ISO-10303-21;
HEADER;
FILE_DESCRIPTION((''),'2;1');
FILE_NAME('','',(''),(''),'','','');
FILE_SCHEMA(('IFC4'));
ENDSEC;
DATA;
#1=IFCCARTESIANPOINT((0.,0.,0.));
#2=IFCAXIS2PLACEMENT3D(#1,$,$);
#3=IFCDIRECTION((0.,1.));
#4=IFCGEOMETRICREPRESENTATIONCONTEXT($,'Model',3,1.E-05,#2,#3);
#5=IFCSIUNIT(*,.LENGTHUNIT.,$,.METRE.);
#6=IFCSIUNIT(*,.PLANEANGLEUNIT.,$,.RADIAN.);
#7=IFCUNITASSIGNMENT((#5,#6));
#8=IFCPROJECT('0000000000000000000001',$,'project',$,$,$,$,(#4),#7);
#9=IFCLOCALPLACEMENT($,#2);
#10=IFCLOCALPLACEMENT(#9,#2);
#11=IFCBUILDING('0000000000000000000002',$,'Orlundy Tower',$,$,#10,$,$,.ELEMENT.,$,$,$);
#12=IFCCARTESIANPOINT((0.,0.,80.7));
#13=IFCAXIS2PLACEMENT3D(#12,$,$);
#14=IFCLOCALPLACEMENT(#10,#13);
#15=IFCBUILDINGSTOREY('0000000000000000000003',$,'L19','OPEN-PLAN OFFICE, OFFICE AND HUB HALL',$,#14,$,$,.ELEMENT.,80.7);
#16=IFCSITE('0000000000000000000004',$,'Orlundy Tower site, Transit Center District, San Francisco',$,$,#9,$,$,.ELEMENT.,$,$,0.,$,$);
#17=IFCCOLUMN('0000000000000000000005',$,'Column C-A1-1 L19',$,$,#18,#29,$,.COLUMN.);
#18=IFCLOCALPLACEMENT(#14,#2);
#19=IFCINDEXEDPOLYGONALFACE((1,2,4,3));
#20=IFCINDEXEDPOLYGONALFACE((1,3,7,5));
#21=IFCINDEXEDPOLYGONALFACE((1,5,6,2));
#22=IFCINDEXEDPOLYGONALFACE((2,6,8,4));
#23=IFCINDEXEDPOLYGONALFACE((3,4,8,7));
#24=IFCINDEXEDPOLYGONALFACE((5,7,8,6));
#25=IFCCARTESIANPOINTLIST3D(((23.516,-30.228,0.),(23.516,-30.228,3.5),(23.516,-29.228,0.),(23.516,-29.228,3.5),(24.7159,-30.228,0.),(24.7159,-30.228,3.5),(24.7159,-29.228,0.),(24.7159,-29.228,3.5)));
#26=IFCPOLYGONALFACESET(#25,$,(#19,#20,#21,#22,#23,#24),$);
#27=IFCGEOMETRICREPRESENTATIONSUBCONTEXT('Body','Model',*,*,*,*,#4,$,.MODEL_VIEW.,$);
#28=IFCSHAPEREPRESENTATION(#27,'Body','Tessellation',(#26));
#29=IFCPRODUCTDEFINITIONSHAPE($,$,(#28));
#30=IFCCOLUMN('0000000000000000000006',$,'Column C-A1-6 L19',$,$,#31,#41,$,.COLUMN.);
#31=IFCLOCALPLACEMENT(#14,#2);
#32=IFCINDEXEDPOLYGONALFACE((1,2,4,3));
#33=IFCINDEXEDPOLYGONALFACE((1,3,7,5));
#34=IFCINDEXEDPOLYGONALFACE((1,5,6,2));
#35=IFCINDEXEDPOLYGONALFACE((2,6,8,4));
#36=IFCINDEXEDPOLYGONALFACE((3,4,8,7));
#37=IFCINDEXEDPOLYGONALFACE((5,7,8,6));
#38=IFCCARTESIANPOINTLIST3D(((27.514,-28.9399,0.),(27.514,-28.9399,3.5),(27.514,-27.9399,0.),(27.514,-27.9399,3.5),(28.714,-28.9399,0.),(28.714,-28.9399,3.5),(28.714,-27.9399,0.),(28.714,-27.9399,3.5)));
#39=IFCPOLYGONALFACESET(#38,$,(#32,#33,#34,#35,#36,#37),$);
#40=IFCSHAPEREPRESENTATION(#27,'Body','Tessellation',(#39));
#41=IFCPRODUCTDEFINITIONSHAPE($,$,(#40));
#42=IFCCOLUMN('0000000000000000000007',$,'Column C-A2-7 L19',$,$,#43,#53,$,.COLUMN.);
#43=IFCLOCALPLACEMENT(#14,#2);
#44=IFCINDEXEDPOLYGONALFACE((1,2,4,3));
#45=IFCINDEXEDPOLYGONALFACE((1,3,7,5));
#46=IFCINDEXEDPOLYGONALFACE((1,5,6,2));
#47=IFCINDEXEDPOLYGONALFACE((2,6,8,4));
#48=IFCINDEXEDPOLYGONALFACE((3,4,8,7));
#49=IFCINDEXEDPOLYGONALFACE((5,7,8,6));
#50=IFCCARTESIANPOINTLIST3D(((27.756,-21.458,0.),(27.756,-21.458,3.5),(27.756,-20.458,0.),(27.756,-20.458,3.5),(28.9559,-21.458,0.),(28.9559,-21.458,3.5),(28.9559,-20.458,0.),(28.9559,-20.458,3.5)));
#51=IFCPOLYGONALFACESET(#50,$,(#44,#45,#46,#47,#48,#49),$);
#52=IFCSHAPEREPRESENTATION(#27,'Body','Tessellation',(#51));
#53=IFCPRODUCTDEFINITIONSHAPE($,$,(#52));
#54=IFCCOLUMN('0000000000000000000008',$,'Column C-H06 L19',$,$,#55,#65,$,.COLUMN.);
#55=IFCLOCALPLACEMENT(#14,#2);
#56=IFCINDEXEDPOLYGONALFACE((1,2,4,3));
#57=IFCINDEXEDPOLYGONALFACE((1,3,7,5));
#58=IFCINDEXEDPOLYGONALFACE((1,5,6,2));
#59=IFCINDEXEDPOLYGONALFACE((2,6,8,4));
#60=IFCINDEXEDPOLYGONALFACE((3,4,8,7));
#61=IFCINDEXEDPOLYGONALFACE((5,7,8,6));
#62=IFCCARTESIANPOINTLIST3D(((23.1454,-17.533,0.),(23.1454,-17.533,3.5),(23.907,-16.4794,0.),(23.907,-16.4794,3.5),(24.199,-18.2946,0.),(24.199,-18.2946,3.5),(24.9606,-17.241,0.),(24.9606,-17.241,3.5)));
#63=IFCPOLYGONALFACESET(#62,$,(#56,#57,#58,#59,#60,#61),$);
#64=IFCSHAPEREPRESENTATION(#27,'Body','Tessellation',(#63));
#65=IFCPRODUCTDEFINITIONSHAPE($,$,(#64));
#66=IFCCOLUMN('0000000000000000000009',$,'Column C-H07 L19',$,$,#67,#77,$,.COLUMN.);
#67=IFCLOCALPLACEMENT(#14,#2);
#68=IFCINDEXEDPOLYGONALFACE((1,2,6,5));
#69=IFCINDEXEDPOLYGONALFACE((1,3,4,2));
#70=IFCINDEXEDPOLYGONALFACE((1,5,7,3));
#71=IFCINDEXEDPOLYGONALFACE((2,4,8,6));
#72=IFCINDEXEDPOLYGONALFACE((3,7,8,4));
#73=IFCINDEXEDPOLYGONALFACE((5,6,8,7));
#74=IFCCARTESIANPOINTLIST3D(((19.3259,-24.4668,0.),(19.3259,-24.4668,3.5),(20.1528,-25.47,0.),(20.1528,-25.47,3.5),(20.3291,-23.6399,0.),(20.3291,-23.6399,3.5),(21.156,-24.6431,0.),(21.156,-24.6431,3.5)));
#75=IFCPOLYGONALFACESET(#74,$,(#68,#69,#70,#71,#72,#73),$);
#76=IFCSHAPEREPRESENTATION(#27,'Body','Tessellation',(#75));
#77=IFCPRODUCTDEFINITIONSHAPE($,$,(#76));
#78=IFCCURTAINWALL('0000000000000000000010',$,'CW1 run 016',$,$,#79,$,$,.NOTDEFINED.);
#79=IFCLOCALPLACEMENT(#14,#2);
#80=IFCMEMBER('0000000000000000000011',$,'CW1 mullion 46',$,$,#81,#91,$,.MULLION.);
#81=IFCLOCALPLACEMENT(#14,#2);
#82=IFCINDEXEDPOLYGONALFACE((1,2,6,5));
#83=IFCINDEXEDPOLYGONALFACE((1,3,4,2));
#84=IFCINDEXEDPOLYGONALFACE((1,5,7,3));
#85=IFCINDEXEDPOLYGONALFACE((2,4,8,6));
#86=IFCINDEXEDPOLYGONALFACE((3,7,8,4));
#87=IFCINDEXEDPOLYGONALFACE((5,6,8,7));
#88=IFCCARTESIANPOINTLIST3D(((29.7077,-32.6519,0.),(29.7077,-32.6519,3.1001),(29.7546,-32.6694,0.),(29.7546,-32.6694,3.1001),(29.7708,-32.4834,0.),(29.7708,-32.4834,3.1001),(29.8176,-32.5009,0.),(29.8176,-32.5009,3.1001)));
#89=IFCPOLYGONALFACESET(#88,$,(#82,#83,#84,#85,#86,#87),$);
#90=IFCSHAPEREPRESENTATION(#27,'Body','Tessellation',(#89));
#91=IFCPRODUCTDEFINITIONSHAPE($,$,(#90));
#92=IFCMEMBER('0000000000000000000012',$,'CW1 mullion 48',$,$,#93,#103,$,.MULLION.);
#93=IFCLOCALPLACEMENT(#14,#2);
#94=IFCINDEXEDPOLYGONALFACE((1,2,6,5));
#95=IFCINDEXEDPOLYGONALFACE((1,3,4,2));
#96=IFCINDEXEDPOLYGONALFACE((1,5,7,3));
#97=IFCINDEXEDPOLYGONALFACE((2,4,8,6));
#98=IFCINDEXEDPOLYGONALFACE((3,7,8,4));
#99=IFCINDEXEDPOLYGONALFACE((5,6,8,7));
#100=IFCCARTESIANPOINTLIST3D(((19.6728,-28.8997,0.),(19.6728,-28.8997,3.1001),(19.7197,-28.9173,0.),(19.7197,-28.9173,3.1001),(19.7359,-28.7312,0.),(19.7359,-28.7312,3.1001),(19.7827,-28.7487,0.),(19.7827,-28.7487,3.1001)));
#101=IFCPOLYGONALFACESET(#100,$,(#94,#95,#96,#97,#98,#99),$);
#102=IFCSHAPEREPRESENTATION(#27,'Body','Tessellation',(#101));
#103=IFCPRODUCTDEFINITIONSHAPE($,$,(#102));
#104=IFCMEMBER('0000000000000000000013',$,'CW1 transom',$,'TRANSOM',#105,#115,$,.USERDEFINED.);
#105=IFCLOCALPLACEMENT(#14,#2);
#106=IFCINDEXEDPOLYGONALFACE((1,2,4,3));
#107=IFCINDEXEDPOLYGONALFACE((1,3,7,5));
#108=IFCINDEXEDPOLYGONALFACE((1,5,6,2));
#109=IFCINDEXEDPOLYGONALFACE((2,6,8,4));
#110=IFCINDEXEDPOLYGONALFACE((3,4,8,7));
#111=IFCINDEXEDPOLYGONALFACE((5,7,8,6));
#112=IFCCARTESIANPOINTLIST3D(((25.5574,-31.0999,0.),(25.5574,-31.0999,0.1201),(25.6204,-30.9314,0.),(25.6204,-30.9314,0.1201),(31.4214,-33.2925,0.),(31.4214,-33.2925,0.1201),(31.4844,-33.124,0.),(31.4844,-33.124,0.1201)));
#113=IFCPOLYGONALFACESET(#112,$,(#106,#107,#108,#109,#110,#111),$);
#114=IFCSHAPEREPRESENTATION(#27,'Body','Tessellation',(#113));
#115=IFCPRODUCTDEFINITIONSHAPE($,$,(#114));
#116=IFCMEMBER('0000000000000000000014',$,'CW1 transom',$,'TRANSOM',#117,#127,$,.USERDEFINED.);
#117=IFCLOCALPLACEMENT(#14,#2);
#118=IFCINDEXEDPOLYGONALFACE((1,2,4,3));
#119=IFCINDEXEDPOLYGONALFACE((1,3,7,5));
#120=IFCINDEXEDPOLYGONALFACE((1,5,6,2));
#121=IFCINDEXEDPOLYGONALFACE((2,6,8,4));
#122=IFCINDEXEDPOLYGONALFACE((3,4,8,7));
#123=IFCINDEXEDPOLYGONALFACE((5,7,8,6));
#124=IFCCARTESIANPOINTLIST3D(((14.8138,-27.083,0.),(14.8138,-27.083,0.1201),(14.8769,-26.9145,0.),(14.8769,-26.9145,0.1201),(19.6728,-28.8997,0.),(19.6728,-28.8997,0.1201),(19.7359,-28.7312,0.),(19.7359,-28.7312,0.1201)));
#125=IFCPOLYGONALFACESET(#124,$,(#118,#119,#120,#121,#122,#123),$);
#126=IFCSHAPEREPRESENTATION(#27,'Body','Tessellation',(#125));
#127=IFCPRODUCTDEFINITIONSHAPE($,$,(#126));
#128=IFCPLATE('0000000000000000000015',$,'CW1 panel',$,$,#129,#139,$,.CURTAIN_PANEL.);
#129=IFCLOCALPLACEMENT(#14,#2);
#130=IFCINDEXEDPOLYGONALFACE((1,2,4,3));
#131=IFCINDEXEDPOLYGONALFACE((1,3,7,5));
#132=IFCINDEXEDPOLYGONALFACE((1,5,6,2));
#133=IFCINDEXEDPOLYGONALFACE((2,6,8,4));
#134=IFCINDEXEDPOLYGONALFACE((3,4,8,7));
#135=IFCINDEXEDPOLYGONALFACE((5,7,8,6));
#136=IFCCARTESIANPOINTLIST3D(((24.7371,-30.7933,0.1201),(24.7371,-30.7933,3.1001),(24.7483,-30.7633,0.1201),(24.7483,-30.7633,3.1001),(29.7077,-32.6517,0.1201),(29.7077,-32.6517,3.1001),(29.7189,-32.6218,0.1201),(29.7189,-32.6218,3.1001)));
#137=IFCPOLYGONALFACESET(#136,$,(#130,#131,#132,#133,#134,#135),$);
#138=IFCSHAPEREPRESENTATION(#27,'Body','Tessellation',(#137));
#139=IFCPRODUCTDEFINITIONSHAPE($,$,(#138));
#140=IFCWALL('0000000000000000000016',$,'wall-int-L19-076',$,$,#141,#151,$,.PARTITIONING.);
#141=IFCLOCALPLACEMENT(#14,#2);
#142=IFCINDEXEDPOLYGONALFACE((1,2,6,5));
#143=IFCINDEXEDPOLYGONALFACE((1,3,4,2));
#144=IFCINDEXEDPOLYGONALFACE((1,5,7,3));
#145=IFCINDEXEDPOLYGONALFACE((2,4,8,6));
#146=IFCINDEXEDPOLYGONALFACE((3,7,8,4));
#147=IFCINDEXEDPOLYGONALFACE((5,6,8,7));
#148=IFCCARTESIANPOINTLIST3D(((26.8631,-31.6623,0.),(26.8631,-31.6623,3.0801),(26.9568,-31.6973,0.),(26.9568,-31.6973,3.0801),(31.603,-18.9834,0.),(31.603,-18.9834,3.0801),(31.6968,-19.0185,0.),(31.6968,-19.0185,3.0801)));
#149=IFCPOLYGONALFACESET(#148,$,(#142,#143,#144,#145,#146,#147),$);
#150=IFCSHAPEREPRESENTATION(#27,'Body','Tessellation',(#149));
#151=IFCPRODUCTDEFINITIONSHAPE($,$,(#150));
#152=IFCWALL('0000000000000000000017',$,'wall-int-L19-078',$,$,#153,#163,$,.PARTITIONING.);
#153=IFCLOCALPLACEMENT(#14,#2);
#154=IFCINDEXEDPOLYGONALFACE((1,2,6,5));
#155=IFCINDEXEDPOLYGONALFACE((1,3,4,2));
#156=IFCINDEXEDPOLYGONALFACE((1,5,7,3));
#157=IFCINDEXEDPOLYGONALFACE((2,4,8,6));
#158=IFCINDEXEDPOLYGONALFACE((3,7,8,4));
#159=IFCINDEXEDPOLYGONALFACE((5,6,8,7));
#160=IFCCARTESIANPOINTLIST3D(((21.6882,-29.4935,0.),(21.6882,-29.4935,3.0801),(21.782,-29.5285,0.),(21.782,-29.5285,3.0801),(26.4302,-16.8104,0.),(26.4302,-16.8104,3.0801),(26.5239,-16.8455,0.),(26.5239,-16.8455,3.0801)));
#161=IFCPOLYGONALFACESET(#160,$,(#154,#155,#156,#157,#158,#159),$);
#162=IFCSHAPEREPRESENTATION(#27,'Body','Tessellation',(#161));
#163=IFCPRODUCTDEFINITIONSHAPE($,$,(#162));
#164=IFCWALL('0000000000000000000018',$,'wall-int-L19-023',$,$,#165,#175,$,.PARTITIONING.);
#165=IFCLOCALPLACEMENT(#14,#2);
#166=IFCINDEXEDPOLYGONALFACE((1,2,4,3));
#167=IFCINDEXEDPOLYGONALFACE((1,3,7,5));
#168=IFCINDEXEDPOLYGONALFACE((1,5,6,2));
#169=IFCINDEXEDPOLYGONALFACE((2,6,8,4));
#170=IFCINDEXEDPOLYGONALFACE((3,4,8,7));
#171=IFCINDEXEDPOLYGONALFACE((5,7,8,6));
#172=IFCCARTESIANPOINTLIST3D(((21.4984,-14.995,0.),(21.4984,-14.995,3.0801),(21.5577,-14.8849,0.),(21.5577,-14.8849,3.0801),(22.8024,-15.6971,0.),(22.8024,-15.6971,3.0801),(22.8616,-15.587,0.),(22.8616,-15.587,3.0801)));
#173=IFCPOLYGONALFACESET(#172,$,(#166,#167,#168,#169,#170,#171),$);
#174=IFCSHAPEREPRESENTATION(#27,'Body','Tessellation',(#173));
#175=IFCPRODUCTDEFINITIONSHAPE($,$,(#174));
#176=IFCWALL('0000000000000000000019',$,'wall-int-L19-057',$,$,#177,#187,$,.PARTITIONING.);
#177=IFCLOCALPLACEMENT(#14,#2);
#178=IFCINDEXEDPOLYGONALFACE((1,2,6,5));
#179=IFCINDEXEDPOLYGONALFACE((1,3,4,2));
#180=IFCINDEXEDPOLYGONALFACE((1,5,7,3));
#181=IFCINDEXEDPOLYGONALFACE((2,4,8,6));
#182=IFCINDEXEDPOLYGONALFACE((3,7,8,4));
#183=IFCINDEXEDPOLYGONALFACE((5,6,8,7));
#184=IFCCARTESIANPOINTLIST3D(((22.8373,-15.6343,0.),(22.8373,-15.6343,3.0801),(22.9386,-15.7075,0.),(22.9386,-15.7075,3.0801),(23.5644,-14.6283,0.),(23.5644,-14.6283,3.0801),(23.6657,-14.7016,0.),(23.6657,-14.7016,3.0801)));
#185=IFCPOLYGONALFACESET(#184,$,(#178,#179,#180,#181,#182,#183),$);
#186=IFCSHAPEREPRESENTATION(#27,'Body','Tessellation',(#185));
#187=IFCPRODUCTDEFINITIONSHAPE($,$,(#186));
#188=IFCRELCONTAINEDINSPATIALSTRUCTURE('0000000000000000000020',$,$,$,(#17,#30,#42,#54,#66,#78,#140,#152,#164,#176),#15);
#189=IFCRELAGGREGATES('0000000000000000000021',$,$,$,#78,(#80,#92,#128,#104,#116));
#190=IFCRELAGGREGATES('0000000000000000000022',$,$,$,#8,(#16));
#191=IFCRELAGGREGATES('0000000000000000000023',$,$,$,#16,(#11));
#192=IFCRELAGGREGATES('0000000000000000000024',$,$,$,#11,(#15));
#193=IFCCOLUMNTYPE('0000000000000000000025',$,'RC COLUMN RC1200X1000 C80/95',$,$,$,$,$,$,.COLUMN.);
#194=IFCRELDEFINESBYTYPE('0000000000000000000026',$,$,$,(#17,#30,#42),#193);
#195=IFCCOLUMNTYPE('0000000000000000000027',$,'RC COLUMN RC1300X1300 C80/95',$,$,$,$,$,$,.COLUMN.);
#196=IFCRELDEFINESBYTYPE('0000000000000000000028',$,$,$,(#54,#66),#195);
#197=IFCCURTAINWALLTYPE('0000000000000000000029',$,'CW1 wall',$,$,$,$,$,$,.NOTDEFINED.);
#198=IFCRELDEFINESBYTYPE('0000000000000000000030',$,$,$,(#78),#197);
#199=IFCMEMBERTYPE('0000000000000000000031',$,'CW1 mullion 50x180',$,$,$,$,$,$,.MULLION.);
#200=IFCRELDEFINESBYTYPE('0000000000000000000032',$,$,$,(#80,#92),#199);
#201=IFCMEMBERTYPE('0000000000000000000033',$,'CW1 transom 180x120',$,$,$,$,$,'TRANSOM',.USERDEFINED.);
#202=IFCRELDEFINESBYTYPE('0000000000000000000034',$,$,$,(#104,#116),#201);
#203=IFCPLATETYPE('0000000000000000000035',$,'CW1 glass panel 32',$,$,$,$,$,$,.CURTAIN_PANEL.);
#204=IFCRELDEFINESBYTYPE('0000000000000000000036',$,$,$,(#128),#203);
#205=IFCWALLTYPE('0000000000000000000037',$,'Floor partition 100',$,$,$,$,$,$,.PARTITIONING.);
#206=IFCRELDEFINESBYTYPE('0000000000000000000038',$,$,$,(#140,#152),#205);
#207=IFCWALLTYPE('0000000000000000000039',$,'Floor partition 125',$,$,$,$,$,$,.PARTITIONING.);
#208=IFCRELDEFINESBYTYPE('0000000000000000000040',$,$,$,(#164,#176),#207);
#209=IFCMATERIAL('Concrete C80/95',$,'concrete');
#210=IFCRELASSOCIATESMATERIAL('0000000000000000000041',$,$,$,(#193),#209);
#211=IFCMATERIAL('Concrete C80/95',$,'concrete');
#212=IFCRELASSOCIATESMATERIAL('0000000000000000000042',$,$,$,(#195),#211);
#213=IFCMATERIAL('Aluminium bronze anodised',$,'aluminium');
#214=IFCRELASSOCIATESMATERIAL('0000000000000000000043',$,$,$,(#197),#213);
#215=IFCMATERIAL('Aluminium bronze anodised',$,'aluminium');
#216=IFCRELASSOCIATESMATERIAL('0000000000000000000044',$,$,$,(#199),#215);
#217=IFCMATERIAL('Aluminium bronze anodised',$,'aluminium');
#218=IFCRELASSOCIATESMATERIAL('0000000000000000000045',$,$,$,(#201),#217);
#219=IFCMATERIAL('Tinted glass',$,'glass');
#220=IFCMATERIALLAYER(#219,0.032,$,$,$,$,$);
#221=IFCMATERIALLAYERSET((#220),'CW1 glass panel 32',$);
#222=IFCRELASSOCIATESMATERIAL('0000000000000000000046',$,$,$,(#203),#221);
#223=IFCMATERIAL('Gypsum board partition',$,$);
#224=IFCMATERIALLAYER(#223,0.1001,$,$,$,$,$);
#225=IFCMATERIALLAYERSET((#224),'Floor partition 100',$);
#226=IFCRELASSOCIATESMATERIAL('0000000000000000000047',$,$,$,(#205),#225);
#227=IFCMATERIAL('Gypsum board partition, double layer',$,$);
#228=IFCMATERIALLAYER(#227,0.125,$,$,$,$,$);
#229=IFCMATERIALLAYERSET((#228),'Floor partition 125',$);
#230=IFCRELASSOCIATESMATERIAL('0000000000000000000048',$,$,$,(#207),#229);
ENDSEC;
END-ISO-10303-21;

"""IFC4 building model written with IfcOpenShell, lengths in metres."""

from ifc_helpers import new_model, si_unit, direction, frame, frame_2d, origin, origin_2d, place, context, subcontext, project, spatial, rectangle, extrude, material, layer, layer_set, material_profile, profile_set, type_object, element, aggregate, save


model = new_model("IFC4")

# Units and contexts
model_context = context("Model", 3, precision=1e-05, world=origin(), true_north=direction((0.0, 1.0)))
body_context = subcontext(model_context, "Body", "Model", "MODEL_VIEW")
ifc_project = project(units=[si_unit("LENGTHUNIT", "METRE"), si_unit("PLANEANGLEUNIT", "RADIAN")], contexts=[model_context])

# Site, building, storey
site_placement = place(None, origin())
site = spatial("IfcSite", under=ifc_project, at=site_placement, Name="Orlundy Tower site, Transit Center District, San Francisco", CompositionType="ELEMENT", RefElevation=0.0)
building_placement = place(site_placement, origin())
building = spatial("IfcBuilding", under=site, at=building_placement, Name="Orlundy Tower", CompositionType="ELEMENT")
storey_placement = place(building_placement, frame((0.0, 0.0, 80.7)))
storey = spatial("IfcBuildingStorey", under=building, at=storey_placement, Name="L19", Description="OPEN-PLAN OFFICE, OFFICE AND HUB HALL", CompositionType="ELEMENT", Elevation=80.7)

# Columns
ifc_material_1 = material(Name="Concrete C80/95", Category="concrete")
ifc_material_profile_1 = material_profile(ifc_material_1, rectangle(XDim=1.2, YDim=1.0, at=origin_2d()), Name="RC1200X1000")
ifc_profile_set_1 = profile_set([ifc_material_profile_1], Name="Concrete C80/95")
column_type_1 = type_object("IfcColumnType", Name="RC COLUMN RC1200X1000 C80/95", PredefinedType="COLUMN", material=ifc_profile_set_1)
for number, where, z_axis, x_axis, name in (
    (1, (24.116, -29.728, 0.0), (0.0, 0.0, 1.0), (1.0, 0.0, 0.0), "Column C-A1-1 L19"),
    (2, (28.114, -28.4399, 0.0), (0.0, 0.0, 1.0), (1.0, 0.0, 0.0), "Column C-A1-6 L19"),
    (3, (28.356, -20.958, 0.0), (0.0, 0.0, 1.0), (1.0, 0.0, 0.0), "Column C-A2-7 L19"),
):
    element("IfcColumn", number, at=place(storey_placement, frame(where, z_axis=z_axis, x_axis=x_axis)), inside=storey, type_object=column_type_1, Name=name, PredefinedType="COLUMN", context=body_context, shape_type="SweptSolid", body=[
        extrude(rectangle(XDim=1.2, YDim=1.0, at=origin_2d()), origin(), (0.0, 0.0, 1.0), 3.5),
    ])
ifc_material_2 = material(Name="Concrete C80/95", Category="concrete")
ifc_material_profile_2 = material_profile(ifc_material_2, rectangle(XDim=1.3, YDim=1.3, at=origin_2d()), Name="RC1300X1300")
ifc_profile_set_2 = profile_set([ifc_material_profile_2], Name="Concrete C80/95")
column_type_2 = type_object("IfcColumnType", Name="RC COLUMN RC1300X1300 C80/95", PredefinedType="COLUMN", material=ifc_profile_set_2)
for number, where, z_axis, x_axis, name in (
    (4, (24.053, -17.387, 0.0), (0.0, 0.0, 1.0), (0.81043, -0.585835, 0.0), "Column C-H06 L19"),
    (5, (20.241, -24.5549, 0.0), (0.0, 0.0, 1.0), (0.636065, -0.771636, 0.0), "Column C-H07 L19"),
):
    element("IfcColumn", number, at=place(storey_placement, frame(where, z_axis=z_axis, x_axis=x_axis)), inside=storey, type_object=column_type_2, Name=name, PredefinedType="COLUMN", context=body_context, shape_type="SweptSolid", body=[
        extrude(rectangle(XDim=1.3, YDim=1.3, at=origin_2d()), origin(), (0.0, 0.0, 1.0), 3.5),
    ])

# Curtain wall, members, plate
ifc_material_3 = material(Name="Aluminium bronze anodised", Category="aluminium")
curtain_wall_type = type_object("IfcCurtainWallType", Name="CW1 wall", PredefinedType="NOTDEFINED", material=ifc_material_3)
curtain_wall_placement = place(storey_placement, origin())
curtain_wall = element("IfcCurtainWall", 6, at=curtain_wall_placement, inside=storey, type_object=curtain_wall_type, Name="CW1 run 016", PredefinedType="NOTDEFINED")
ifc_material_4 = material(Name="Aluminium bronze anodised", Category="aluminium")
ifc_material_profile_3 = material_profile(ifc_material_4, rectangle(XDim=0.1799, YDim=0.05, at=origin_2d()), Name="CW1 mullion 50x180")
ifc_profile_set_3 = profile_set([ifc_material_profile_3], Name="Aluminium bronze anodised")
member_type_1 = type_object("IfcMemberType", Name="CW1 mullion 50x180", PredefinedType="MULLION", material=ifc_profile_set_3)
member_1_placement = place(storey_placement, frame((29.7627, -32.5764, 0.0), z_axis=(0.0, 0.0, 1.0), x_axis=(-0.350219, -0.936668, 0.0)))
member_1 = element("IfcMember", 7, at=member_1_placement, type_object=member_type_1, Name="CW1 mullion 46", PredefinedType="MULLION", context=body_context, shape_type="SweptSolid", body=[
    extrude(rectangle(XDim=0.1799, YDim=0.05, at=origin_2d()), origin(), (0.0, 0.0, 1.0), 3.1001),
])
member_2_placement = place(storey_placement, frame((19.7278, -28.8242, 0.0), z_axis=(0.0, 0.0, 1.0), x_axis=(-0.350219, -0.936668, 0.0)))
member_2 = element("IfcMember", 8, at=member_2_placement, type_object=member_type_1, Name="CW1 mullion 48", PredefinedType="MULLION", context=body_context, shape_type="SweptSolid", body=[
    extrude(rectangle(XDim=0.1799, YDim=0.05, at=origin_2d()), origin(), (0.0, 0.0, 1.0), 3.1001),
])
ifc_material_5 = material(Name="Aluminium bronze anodised", Category="aluminium")
ifc_material_profile_4 = material_profile(ifc_material_5, rectangle(XDim=0.1799, YDim=0.1201, at=origin_2d()), Name="CW1 transom 180x120")
ifc_profile_set_4 = profile_set([ifc_material_profile_4], Name="Aluminium bronze anodised")
member_type_2 = type_object("IfcMemberType", Name="CW1 transom 180x120", ElementType="TRANSOM", PredefinedType="USERDEFINED", material=ifc_profile_set_4)
member_3_placement = place(storey_placement, frame((31.4529, -33.2083, 0.0601), z_axis=(-0.936664, 0.35023, 0.0), x_axis=(-0.35023, -0.936664, 0.0)))
member_3 = element("IfcMember", 9, at=member_3_placement, type_object=member_type_2, Name="CW1 transom", ObjectType="TRANSOM", PredefinedType="USERDEFINED", context=body_context, shape_type="SweptSolid", body=[
    extrude(rectangle(XDim=0.1799, YDim=0.1201, at=origin_2d()), origin(), (0.0, 0.0, 1.0), 6.2605),
])
member_4_placement = place(storey_placement, frame((19.7043, -28.8154, 0.0601), z_axis=(-0.936673, 0.350205, 0.0), x_axis=(-0.350205, -0.936673, 0.0)))
member_4 = element("IfcMember", 10, at=member_4_placement, type_object=member_type_2, Name="CW1 transom", ObjectType="TRANSOM", PredefinedType="USERDEFINED", context=body_context, shape_type="SweptSolid", body=[
    extrude(rectangle(XDim=0.1799, YDim=0.1201, at=origin_2d()), origin(), (0.0, 0.0, 1.0), 5.1875),
])
ifc_material_6 = material(Name="Tinted glass", Category="glass")
ifc_layer_1 = layer(ifc_material_6, 0.032)
ifc_layer_set_1 = layer_set([ifc_layer_1], Name="CW1 glass panel 32")
plate_type = type_object("IfcPlateType", Name="CW1 glass panel 32", PredefinedType="CURTAIN_PANEL", material=ifc_layer_set_1)
plate_placement = place(storey_placement, frame((27.228, -31.7075, 0.1201), z_axis=(0.0, 0.0, 1.0), x_axis=(-0.936668, 0.350219, 0.0)))
plate = element("IfcPlate", 11, at=plate_placement, type_object=plate_type, Name="CW1 panel", PredefinedType="CURTAIN_PANEL", context=body_context, shape_type="SweptSolid", body=[
    extrude(rectangle(XDim=5.3066, YDim=0.032, at=origin_2d()), origin(), (0.0, 0.0, 1.0), 2.98),
])
aggregate(curtain_wall, [member_1, member_2, plate, member_3, member_4])

# Walls
ifc_material_7 = material(Name="Gypsum board partition")
ifc_layer_2 = layer(ifc_material_7, 0.1001)
ifc_layer_set_2 = layer_set([ifc_layer_2], Name="Floor partition 100")
wall_type_1 = type_object("IfcWallType", Name="Floor partition 100", PredefinedType="PARTITIONING", material=ifc_layer_set_2)
wall_1_placement = place(storey_placement, frame((26.9099, -31.6799, 0.0), z_axis=(0.0, 0.0, 1.0), x_axis=(0.350176, 0.936684, 0.0)))
element("IfcWall", 12, at=wall_1_placement, inside=storey, type_object=wall_type_1, Name="wall-int-L19-076", PredefinedType="PARTITIONING", context=body_context, shape_type="SweptSolid", body=[
    extrude(rectangle(XDim=13.5359, YDim=0.1001, at=frame_2d((6.7681, 0.0))), origin(), (0.0, 0.0, 1.0), 3.0801),
])
wall_2_placement = place(storey_placement, frame((21.7351, -29.511, 0.0), z_axis=(0.0, 0.0, 1.0), x_axis=(0.350202, 0.936674, 0.0)))
element("IfcWall", 13, at=wall_2_placement, inside=storey, type_object=wall_type_1, Name="wall-int-L19-078", PredefinedType="PARTITIONING", context=body_context, shape_type="SweptSolid", body=[
    extrude(rectangle(XDim=13.5405, YDim=0.1001, at=frame_2d((6.7703, 0.0))), origin(), (0.0, 0.0, 1.0), 3.0801),
])
ifc_material_8 = material(Name="Gypsum board partition, double layer")
ifc_layer_3 = layer(ifc_material_8, 0.125)
ifc_layer_set_3 = layer_set([ifc_layer_3], Name="Floor partition 125")
wall_type_2 = type_object("IfcWallType", Name="Floor partition 125", PredefinedType="PARTITIONING", material=ifc_layer_set_3)
wall_3_placement = place(storey_placement, frame((21.5281, -14.9399, 0.0), z_axis=(0.0, 0.0, 1.0), x_axis=(0.880466, -0.47411, 0.0)))
element("IfcWall", 14, at=wall_3_placement, inside=storey, type_object=wall_type_2, Name="wall-int-L19-023", PredefinedType="PARTITIONING", context=body_context, shape_type="SweptSolid", body=[
    extrude(rectangle(XDim=1.481, YDim=0.125, at=frame_2d((0.7405, 0.0))), origin(), (0.0, 0.0, 1.0), 3.0801),
])
wall_4_placement = place(storey_placement, frame((22.8879, -15.6709, 0.0), z_axis=(0.0, 0.0, 1.0), x_axis=(0.585807, 0.810451, 0.0)))
element("IfcWall", 15, at=wall_4_placement, inside=storey, type_object=wall_type_2, Name="wall-int-L19-057", PredefinedType="PARTITIONING", context=body_context, shape_type="SweptSolid", body=[
    extrude(rectangle(XDim=1.2412, YDim=0.125, at=frame_2d((0.6206, 0.0))), origin(), (0.0, 0.0, 1.0), 3.0801),
])

save(model, "model.ifc")
